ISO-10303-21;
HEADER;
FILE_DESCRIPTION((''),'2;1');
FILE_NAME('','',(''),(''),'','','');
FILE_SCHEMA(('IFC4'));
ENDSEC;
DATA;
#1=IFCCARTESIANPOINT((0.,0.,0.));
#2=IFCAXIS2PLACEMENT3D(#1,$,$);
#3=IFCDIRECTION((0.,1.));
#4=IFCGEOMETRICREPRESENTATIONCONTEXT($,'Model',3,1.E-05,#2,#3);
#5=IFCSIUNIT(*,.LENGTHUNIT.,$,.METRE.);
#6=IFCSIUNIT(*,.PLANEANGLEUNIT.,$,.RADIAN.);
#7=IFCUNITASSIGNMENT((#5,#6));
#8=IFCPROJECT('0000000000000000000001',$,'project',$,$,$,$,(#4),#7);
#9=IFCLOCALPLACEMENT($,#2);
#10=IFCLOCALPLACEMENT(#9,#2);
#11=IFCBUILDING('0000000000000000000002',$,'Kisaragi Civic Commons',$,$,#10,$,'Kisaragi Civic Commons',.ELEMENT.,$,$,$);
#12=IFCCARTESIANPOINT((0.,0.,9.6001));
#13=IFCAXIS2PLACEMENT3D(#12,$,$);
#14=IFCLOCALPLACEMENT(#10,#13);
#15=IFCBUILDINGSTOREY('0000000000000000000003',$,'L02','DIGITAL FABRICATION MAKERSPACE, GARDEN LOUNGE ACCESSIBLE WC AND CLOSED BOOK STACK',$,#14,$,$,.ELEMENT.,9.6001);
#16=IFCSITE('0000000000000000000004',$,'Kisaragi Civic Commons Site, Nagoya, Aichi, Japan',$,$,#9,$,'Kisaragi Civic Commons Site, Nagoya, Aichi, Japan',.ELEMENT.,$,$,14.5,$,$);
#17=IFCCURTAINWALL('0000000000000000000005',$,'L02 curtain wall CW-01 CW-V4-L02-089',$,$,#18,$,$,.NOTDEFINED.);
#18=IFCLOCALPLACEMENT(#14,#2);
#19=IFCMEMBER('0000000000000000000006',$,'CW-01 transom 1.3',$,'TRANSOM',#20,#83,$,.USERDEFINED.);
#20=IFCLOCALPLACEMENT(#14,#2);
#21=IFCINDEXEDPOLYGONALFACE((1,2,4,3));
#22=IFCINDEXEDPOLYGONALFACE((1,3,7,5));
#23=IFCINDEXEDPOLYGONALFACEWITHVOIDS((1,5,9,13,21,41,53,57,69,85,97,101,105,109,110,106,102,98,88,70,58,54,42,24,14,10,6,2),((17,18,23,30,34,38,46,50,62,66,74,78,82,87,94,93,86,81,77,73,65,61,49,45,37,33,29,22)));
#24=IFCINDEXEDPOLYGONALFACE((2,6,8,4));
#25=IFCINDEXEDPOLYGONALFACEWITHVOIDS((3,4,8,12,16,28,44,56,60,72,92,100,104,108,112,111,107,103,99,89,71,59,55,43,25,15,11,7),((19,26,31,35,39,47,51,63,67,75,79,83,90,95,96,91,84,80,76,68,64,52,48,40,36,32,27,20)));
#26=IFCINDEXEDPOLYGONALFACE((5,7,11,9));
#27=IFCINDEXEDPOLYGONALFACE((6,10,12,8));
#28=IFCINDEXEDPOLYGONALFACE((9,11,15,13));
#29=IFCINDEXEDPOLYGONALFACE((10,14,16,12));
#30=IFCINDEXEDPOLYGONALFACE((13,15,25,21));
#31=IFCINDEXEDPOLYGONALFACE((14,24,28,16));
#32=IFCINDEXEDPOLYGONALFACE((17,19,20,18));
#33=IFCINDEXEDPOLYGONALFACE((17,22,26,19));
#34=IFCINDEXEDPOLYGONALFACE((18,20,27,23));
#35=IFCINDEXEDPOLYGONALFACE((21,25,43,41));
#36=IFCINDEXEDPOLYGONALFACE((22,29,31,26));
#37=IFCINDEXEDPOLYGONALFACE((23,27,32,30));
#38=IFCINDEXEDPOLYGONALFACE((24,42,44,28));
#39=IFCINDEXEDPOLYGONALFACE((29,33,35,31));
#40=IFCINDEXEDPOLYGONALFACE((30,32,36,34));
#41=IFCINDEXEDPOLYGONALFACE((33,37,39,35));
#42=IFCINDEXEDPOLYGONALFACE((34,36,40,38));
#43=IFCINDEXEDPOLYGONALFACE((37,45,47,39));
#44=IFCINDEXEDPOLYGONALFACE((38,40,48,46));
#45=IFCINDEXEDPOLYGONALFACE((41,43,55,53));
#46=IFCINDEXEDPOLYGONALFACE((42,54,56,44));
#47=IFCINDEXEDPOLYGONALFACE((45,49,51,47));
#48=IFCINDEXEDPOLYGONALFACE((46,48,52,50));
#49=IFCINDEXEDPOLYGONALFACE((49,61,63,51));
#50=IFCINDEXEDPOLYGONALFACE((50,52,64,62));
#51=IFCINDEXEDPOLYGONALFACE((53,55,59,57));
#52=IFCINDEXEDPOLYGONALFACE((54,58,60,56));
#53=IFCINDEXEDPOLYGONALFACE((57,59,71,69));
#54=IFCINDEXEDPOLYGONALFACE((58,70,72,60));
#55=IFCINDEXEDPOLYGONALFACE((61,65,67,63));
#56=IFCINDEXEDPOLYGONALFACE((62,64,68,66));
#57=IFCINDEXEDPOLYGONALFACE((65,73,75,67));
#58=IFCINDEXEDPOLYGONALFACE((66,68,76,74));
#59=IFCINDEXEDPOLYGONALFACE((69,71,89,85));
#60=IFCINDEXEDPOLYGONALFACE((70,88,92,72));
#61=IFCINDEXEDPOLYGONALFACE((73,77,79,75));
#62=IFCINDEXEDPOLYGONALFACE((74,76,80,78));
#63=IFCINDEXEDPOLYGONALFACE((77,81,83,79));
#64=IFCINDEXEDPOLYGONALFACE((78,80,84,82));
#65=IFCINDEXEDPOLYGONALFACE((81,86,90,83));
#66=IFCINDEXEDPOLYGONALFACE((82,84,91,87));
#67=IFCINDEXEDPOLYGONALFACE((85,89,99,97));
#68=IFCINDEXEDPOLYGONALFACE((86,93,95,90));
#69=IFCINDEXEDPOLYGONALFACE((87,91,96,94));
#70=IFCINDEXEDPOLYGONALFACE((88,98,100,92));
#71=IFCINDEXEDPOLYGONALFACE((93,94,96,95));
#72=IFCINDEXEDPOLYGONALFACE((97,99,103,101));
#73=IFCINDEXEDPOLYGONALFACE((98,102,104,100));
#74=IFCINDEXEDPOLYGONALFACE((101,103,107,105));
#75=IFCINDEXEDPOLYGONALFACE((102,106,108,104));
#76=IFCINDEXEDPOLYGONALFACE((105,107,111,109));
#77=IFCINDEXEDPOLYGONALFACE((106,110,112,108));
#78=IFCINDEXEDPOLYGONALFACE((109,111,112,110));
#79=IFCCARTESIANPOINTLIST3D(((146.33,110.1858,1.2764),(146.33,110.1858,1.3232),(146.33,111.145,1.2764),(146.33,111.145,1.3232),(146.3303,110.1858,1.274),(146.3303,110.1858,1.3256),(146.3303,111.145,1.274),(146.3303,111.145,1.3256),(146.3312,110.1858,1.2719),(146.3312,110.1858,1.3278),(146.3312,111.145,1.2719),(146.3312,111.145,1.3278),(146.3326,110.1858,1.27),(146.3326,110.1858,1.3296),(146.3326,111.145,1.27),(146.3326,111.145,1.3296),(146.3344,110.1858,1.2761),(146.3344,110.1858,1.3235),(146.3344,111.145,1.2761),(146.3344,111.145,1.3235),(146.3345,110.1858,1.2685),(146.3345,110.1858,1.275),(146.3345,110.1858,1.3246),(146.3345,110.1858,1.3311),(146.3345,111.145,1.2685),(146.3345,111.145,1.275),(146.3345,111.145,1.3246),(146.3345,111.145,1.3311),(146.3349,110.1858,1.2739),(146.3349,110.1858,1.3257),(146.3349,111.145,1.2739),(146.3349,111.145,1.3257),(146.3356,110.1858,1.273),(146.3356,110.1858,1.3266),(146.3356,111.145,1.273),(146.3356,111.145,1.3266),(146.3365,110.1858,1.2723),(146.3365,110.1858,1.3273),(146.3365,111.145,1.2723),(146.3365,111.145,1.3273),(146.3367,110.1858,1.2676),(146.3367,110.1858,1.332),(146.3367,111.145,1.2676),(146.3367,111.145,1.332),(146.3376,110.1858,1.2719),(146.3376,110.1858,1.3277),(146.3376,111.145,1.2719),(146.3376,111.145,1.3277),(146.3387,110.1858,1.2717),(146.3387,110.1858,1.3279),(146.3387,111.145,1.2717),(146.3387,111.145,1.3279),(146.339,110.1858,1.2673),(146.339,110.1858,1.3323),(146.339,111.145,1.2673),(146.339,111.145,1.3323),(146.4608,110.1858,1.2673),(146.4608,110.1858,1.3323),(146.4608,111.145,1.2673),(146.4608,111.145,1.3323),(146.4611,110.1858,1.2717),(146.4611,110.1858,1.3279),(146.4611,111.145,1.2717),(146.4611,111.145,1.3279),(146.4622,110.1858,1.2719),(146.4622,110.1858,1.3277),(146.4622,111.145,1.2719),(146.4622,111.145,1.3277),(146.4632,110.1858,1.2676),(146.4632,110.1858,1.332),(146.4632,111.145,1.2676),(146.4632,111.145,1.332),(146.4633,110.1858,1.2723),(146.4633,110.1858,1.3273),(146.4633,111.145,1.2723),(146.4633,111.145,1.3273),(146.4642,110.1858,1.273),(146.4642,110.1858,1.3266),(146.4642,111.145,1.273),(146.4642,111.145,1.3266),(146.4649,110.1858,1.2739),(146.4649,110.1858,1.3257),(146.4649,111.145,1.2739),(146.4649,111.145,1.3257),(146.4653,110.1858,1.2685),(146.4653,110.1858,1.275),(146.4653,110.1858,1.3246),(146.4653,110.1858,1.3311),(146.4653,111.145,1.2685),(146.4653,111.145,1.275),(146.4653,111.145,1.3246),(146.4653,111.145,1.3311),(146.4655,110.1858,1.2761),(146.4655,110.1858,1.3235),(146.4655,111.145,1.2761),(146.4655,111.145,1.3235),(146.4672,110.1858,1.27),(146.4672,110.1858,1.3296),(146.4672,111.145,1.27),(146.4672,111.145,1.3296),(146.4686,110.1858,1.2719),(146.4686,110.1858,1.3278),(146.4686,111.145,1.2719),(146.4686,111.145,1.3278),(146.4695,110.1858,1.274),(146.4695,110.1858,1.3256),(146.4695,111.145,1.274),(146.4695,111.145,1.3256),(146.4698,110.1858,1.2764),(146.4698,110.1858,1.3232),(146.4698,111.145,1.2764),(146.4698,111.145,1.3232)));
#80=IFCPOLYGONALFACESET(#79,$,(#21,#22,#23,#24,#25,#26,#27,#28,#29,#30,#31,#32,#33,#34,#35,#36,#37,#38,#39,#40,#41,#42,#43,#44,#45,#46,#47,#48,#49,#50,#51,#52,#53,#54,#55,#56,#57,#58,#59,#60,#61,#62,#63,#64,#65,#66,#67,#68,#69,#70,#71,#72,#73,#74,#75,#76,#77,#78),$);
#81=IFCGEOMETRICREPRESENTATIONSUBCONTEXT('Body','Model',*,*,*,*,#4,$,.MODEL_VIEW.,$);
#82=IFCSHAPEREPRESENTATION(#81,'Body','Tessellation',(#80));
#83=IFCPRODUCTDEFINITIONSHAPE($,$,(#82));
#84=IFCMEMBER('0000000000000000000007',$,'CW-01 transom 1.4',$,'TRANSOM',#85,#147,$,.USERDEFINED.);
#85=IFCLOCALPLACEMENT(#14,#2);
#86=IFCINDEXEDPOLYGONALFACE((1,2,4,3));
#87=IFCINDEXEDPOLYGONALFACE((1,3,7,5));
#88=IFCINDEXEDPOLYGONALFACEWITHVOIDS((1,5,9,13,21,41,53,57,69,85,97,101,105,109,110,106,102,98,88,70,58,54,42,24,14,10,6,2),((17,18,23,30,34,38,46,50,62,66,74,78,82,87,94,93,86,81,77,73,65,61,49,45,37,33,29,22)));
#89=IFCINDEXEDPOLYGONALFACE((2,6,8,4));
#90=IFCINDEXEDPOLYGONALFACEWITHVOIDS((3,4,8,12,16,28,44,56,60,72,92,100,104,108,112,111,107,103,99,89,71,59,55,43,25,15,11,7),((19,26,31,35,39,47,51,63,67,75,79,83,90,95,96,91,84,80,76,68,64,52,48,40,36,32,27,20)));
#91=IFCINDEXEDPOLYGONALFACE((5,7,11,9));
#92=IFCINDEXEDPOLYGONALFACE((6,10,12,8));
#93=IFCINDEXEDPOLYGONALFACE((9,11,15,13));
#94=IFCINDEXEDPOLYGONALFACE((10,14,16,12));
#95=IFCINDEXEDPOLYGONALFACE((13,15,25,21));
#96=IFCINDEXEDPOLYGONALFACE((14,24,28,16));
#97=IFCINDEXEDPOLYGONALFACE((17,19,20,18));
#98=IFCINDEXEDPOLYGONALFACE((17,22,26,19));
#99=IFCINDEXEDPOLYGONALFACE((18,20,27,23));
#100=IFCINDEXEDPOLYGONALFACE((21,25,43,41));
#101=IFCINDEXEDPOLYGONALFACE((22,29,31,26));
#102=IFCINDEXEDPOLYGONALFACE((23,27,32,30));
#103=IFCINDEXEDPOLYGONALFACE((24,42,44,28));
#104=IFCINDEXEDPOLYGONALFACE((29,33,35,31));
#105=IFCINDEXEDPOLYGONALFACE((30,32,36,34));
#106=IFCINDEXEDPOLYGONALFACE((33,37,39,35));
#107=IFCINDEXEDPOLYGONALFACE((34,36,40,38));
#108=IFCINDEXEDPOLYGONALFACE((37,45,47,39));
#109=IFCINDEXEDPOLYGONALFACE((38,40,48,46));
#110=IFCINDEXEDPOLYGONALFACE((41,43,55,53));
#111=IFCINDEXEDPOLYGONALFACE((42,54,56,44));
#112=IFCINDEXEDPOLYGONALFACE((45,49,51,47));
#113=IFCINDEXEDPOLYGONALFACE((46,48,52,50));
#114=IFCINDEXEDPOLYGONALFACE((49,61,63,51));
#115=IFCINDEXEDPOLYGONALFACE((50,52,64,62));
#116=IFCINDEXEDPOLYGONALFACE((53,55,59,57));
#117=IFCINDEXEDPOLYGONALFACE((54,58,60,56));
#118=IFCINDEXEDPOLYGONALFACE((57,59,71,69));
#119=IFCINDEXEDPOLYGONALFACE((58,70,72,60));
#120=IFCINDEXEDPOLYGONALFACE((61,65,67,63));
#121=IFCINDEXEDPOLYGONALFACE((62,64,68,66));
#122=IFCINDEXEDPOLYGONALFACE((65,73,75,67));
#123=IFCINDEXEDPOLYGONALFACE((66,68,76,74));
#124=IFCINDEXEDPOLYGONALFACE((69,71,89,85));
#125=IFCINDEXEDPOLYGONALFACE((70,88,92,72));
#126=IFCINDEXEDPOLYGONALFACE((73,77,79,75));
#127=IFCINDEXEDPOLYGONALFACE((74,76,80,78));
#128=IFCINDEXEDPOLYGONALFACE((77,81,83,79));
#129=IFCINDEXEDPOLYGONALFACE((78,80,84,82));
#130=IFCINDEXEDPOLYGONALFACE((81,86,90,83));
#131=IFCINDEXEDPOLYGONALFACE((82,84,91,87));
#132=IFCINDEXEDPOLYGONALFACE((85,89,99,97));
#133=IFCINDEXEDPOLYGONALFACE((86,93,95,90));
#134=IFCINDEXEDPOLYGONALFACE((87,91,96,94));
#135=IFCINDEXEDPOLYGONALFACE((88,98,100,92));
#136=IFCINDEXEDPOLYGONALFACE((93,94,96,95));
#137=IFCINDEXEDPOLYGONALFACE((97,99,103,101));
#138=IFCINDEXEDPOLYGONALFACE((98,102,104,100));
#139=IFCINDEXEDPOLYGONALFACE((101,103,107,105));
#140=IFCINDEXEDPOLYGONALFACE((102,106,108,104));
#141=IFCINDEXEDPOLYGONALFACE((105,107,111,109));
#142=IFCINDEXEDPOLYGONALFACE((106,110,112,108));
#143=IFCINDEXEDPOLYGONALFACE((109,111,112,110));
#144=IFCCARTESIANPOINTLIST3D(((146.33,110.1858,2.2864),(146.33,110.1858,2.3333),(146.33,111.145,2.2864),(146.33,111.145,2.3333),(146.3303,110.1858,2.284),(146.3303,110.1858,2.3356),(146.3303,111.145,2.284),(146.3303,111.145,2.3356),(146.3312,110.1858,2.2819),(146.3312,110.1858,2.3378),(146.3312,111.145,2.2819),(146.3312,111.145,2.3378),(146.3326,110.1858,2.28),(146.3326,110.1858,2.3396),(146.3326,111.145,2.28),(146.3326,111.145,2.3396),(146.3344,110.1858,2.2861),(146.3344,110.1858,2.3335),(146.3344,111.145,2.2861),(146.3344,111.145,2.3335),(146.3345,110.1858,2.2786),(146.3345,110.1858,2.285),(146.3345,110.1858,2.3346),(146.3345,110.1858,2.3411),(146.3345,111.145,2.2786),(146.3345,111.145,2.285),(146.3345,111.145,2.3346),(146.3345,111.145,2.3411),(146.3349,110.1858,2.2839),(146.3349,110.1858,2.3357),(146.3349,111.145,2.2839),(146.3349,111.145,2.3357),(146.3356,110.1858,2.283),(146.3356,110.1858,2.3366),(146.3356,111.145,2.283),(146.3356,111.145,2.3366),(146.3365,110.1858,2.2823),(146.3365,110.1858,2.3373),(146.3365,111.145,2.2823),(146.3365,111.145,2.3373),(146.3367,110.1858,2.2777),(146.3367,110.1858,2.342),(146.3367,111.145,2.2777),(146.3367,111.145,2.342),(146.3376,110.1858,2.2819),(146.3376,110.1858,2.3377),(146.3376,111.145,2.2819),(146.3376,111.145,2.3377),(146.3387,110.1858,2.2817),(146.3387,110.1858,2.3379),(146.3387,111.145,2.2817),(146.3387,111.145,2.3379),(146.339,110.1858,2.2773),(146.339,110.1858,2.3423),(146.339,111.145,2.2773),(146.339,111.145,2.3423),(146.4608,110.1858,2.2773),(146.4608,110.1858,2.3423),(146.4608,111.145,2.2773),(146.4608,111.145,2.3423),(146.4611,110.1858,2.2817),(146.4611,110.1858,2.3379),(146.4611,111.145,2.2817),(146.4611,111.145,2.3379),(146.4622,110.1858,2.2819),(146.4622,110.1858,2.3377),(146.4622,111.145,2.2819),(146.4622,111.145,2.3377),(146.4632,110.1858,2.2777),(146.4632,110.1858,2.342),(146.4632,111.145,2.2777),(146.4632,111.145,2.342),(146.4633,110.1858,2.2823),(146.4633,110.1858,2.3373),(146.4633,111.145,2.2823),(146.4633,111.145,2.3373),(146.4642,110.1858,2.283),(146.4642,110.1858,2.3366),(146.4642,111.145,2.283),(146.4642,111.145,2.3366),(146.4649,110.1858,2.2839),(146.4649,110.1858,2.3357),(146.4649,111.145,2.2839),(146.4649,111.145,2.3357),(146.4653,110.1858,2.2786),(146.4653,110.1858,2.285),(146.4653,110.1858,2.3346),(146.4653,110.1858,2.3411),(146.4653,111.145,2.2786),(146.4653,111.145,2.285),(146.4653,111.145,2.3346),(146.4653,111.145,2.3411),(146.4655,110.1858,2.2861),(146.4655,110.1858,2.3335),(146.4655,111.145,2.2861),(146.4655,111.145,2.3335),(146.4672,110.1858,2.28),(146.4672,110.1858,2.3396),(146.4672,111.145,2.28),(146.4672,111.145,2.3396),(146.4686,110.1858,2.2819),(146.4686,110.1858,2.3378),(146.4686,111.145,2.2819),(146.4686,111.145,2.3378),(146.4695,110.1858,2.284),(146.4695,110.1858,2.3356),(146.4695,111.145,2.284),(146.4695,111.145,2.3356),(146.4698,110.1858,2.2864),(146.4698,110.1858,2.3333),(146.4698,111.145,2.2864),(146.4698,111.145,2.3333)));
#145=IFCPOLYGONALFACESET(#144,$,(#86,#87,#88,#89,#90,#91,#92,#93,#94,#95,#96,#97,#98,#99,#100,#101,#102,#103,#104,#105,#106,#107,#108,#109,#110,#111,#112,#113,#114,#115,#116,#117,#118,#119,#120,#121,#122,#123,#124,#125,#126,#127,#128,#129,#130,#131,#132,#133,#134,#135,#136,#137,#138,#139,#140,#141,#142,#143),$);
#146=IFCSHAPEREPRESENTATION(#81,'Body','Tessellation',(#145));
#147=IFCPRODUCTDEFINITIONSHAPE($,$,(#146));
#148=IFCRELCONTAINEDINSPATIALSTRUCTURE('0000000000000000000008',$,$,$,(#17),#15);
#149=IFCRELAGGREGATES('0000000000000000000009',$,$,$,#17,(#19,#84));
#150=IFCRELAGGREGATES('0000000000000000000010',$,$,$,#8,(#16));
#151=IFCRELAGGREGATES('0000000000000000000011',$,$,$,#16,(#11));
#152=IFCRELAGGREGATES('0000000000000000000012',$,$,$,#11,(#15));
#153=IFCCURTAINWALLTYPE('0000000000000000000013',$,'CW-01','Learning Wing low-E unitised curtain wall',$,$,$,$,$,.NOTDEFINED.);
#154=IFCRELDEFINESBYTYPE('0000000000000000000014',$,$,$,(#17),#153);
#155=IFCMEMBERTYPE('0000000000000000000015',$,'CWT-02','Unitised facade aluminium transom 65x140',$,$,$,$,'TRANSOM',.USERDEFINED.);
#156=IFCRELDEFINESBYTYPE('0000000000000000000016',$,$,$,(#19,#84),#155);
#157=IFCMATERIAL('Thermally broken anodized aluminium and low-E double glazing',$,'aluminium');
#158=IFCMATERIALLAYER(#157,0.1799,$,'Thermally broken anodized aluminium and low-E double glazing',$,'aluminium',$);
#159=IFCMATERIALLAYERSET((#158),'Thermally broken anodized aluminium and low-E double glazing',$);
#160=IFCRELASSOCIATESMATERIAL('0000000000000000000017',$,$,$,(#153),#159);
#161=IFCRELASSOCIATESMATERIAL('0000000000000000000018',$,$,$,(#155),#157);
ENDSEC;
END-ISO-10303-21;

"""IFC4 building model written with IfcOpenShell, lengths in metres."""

from ifc_helpers import new_model, si_unit, direction, frame, origin, origin_2d, place, context, subcontext, project, spatial, hollow_rectangle, extrude, material, layer, layer_set, material_profile, profile_set, type_object, element, aggregate, save


model = new_model("IFC4")

# Units and contexts
model_context = context("Model", 3, precision=1e-05, world=origin(), true_north=direction((0.0, 1.0)))
body_context = subcontext(model_context, "Body", "Model", "MODEL_VIEW")
ifc_project = project(units=[si_unit("LENGTHUNIT", "METRE"), si_unit("PLANEANGLEUNIT", "RADIAN")], contexts=[model_context])

# Site, building, storey
site_placement = place(None, origin())
site = spatial("IfcSite", under=ifc_project, at=site_placement, Name="Kisaragi Civic Commons Site, Nagoya, Aichi, Japan", LongName="Kisaragi Civic Commons Site, Nagoya, Aichi, Japan", CompositionType="ELEMENT", RefElevation=14.5)
building_placement = place(site_placement, origin())
building = spatial("IfcBuilding", under=site, at=building_placement, Name="Kisaragi Civic Commons", LongName="Kisaragi Civic Commons", CompositionType="ELEMENT")
storey_placement = place(building_placement, frame((0.0, 0.0, 9.6001)))
storey = spatial("IfcBuildingStorey", under=building, at=storey_placement, Name="L02", Description="DIGITAL FABRICATION MAKERSPACE, GARDEN LOUNGE ACCESSIBLE WC AND CLOSED BOOK STACK", CompositionType="ELEMENT", Elevation=9.6001)

# Shared definitions
ifc_material_1 = material(Name="Thermally broken anodized aluminium and low-E double glazing", Category="aluminium")
ifc_layer_1 = layer(ifc_material_1, 0.1799, Name="Thermally broken anodized aluminium and low-E double glazing", Category="aluminium")
ifc_layer_set_1 = layer_set([ifc_layer_1], Name="Thermally broken anodized aluminium and low-E double glazing")
curtain_wall_type = type_object("IfcCurtainWallType", Name="CW-01", Description="Learning Wing low-E unitised curtain wall", PredefinedType="NOTDEFINED", material=ifc_layer_set_1)

# Curtain wall, members
curtain_wall_1_placement = place(storey_placement, origin())
curtain_wall_1 = element("IfcCurtainWall", 1, at=curtain_wall_1_placement, inside=storey, type_object=curtain_wall_type, Name="L02 curtain wall CW-01 CW-V4-L02-089", PredefinedType="NOTDEFINED")
ifc_material_profile_1 = material_profile(ifc_material_1, hollow_rectangle(XDim=0.1399, YDim=0.0649, WallThickness=0.0044, InnerFilletRadius=0.0044, OuterFilletRadius=0.009, at=origin_2d()), Name="CWT-65x140x4.5", Category="aluminium")
ifc_profile_set_1 = profile_set([ifc_material_profile_1], Name="Thermally broken anodized aluminium and low-E double glazing")
member_type_1 = type_object("IfcMemberType", Name="CWT-02", Description="Unitised facade aluminium transom 65x140", ElementType="TRANSOM", PredefinedType="USERDEFINED", material=ifc_profile_set_1)
member_1_placement = place(storey_placement, frame((146.3999, 111.145, 1.2998), z_axis=(0.0, -1.0, 0.0), x_axis=(1.0, 0.0, 0.0)))
member_1 = element("IfcMember", 2, at=member_1_placement, type_object=member_type_1, Name="CW-01 transom 1.3", ObjectType="TRANSOM", PredefinedType="USERDEFINED", context=body_context, shape_type="SweptSolid", body=[
    extrude(hollow_rectangle(XDim=0.1399, YDim=0.0649, WallThickness=0.0044, InnerFilletRadius=0.0044, OuterFilletRadius=0.009, at=origin_2d()), origin(), (0.0, 0.0, 1.0), 0.9592),
])
member_2_placement = place(storey_placement, frame((146.3999, 111.145, 2.3098), z_axis=(0.0, -1.0, 0.0), x_axis=(1.0, 0.0, 0.0)))
member_2 = element("IfcMember", 3, at=member_2_placement, type_object=member_type_1, Name="CW-01 transom 1.4", ObjectType="TRANSOM", PredefinedType="USERDEFINED", context=body_context, shape_type="SweptSolid", body=[
    extrude(hollow_rectangle(XDim=0.1399, YDim=0.0649, WallThickness=0.0044, InnerFilletRadius=0.0044, OuterFilletRadius=0.009, at=origin_2d()), origin(), (0.0, 0.0, 1.0), 0.9592),
])

aggregate(curtain_wall_1, [member_1, member_2])

save(model, "model.ifc")
